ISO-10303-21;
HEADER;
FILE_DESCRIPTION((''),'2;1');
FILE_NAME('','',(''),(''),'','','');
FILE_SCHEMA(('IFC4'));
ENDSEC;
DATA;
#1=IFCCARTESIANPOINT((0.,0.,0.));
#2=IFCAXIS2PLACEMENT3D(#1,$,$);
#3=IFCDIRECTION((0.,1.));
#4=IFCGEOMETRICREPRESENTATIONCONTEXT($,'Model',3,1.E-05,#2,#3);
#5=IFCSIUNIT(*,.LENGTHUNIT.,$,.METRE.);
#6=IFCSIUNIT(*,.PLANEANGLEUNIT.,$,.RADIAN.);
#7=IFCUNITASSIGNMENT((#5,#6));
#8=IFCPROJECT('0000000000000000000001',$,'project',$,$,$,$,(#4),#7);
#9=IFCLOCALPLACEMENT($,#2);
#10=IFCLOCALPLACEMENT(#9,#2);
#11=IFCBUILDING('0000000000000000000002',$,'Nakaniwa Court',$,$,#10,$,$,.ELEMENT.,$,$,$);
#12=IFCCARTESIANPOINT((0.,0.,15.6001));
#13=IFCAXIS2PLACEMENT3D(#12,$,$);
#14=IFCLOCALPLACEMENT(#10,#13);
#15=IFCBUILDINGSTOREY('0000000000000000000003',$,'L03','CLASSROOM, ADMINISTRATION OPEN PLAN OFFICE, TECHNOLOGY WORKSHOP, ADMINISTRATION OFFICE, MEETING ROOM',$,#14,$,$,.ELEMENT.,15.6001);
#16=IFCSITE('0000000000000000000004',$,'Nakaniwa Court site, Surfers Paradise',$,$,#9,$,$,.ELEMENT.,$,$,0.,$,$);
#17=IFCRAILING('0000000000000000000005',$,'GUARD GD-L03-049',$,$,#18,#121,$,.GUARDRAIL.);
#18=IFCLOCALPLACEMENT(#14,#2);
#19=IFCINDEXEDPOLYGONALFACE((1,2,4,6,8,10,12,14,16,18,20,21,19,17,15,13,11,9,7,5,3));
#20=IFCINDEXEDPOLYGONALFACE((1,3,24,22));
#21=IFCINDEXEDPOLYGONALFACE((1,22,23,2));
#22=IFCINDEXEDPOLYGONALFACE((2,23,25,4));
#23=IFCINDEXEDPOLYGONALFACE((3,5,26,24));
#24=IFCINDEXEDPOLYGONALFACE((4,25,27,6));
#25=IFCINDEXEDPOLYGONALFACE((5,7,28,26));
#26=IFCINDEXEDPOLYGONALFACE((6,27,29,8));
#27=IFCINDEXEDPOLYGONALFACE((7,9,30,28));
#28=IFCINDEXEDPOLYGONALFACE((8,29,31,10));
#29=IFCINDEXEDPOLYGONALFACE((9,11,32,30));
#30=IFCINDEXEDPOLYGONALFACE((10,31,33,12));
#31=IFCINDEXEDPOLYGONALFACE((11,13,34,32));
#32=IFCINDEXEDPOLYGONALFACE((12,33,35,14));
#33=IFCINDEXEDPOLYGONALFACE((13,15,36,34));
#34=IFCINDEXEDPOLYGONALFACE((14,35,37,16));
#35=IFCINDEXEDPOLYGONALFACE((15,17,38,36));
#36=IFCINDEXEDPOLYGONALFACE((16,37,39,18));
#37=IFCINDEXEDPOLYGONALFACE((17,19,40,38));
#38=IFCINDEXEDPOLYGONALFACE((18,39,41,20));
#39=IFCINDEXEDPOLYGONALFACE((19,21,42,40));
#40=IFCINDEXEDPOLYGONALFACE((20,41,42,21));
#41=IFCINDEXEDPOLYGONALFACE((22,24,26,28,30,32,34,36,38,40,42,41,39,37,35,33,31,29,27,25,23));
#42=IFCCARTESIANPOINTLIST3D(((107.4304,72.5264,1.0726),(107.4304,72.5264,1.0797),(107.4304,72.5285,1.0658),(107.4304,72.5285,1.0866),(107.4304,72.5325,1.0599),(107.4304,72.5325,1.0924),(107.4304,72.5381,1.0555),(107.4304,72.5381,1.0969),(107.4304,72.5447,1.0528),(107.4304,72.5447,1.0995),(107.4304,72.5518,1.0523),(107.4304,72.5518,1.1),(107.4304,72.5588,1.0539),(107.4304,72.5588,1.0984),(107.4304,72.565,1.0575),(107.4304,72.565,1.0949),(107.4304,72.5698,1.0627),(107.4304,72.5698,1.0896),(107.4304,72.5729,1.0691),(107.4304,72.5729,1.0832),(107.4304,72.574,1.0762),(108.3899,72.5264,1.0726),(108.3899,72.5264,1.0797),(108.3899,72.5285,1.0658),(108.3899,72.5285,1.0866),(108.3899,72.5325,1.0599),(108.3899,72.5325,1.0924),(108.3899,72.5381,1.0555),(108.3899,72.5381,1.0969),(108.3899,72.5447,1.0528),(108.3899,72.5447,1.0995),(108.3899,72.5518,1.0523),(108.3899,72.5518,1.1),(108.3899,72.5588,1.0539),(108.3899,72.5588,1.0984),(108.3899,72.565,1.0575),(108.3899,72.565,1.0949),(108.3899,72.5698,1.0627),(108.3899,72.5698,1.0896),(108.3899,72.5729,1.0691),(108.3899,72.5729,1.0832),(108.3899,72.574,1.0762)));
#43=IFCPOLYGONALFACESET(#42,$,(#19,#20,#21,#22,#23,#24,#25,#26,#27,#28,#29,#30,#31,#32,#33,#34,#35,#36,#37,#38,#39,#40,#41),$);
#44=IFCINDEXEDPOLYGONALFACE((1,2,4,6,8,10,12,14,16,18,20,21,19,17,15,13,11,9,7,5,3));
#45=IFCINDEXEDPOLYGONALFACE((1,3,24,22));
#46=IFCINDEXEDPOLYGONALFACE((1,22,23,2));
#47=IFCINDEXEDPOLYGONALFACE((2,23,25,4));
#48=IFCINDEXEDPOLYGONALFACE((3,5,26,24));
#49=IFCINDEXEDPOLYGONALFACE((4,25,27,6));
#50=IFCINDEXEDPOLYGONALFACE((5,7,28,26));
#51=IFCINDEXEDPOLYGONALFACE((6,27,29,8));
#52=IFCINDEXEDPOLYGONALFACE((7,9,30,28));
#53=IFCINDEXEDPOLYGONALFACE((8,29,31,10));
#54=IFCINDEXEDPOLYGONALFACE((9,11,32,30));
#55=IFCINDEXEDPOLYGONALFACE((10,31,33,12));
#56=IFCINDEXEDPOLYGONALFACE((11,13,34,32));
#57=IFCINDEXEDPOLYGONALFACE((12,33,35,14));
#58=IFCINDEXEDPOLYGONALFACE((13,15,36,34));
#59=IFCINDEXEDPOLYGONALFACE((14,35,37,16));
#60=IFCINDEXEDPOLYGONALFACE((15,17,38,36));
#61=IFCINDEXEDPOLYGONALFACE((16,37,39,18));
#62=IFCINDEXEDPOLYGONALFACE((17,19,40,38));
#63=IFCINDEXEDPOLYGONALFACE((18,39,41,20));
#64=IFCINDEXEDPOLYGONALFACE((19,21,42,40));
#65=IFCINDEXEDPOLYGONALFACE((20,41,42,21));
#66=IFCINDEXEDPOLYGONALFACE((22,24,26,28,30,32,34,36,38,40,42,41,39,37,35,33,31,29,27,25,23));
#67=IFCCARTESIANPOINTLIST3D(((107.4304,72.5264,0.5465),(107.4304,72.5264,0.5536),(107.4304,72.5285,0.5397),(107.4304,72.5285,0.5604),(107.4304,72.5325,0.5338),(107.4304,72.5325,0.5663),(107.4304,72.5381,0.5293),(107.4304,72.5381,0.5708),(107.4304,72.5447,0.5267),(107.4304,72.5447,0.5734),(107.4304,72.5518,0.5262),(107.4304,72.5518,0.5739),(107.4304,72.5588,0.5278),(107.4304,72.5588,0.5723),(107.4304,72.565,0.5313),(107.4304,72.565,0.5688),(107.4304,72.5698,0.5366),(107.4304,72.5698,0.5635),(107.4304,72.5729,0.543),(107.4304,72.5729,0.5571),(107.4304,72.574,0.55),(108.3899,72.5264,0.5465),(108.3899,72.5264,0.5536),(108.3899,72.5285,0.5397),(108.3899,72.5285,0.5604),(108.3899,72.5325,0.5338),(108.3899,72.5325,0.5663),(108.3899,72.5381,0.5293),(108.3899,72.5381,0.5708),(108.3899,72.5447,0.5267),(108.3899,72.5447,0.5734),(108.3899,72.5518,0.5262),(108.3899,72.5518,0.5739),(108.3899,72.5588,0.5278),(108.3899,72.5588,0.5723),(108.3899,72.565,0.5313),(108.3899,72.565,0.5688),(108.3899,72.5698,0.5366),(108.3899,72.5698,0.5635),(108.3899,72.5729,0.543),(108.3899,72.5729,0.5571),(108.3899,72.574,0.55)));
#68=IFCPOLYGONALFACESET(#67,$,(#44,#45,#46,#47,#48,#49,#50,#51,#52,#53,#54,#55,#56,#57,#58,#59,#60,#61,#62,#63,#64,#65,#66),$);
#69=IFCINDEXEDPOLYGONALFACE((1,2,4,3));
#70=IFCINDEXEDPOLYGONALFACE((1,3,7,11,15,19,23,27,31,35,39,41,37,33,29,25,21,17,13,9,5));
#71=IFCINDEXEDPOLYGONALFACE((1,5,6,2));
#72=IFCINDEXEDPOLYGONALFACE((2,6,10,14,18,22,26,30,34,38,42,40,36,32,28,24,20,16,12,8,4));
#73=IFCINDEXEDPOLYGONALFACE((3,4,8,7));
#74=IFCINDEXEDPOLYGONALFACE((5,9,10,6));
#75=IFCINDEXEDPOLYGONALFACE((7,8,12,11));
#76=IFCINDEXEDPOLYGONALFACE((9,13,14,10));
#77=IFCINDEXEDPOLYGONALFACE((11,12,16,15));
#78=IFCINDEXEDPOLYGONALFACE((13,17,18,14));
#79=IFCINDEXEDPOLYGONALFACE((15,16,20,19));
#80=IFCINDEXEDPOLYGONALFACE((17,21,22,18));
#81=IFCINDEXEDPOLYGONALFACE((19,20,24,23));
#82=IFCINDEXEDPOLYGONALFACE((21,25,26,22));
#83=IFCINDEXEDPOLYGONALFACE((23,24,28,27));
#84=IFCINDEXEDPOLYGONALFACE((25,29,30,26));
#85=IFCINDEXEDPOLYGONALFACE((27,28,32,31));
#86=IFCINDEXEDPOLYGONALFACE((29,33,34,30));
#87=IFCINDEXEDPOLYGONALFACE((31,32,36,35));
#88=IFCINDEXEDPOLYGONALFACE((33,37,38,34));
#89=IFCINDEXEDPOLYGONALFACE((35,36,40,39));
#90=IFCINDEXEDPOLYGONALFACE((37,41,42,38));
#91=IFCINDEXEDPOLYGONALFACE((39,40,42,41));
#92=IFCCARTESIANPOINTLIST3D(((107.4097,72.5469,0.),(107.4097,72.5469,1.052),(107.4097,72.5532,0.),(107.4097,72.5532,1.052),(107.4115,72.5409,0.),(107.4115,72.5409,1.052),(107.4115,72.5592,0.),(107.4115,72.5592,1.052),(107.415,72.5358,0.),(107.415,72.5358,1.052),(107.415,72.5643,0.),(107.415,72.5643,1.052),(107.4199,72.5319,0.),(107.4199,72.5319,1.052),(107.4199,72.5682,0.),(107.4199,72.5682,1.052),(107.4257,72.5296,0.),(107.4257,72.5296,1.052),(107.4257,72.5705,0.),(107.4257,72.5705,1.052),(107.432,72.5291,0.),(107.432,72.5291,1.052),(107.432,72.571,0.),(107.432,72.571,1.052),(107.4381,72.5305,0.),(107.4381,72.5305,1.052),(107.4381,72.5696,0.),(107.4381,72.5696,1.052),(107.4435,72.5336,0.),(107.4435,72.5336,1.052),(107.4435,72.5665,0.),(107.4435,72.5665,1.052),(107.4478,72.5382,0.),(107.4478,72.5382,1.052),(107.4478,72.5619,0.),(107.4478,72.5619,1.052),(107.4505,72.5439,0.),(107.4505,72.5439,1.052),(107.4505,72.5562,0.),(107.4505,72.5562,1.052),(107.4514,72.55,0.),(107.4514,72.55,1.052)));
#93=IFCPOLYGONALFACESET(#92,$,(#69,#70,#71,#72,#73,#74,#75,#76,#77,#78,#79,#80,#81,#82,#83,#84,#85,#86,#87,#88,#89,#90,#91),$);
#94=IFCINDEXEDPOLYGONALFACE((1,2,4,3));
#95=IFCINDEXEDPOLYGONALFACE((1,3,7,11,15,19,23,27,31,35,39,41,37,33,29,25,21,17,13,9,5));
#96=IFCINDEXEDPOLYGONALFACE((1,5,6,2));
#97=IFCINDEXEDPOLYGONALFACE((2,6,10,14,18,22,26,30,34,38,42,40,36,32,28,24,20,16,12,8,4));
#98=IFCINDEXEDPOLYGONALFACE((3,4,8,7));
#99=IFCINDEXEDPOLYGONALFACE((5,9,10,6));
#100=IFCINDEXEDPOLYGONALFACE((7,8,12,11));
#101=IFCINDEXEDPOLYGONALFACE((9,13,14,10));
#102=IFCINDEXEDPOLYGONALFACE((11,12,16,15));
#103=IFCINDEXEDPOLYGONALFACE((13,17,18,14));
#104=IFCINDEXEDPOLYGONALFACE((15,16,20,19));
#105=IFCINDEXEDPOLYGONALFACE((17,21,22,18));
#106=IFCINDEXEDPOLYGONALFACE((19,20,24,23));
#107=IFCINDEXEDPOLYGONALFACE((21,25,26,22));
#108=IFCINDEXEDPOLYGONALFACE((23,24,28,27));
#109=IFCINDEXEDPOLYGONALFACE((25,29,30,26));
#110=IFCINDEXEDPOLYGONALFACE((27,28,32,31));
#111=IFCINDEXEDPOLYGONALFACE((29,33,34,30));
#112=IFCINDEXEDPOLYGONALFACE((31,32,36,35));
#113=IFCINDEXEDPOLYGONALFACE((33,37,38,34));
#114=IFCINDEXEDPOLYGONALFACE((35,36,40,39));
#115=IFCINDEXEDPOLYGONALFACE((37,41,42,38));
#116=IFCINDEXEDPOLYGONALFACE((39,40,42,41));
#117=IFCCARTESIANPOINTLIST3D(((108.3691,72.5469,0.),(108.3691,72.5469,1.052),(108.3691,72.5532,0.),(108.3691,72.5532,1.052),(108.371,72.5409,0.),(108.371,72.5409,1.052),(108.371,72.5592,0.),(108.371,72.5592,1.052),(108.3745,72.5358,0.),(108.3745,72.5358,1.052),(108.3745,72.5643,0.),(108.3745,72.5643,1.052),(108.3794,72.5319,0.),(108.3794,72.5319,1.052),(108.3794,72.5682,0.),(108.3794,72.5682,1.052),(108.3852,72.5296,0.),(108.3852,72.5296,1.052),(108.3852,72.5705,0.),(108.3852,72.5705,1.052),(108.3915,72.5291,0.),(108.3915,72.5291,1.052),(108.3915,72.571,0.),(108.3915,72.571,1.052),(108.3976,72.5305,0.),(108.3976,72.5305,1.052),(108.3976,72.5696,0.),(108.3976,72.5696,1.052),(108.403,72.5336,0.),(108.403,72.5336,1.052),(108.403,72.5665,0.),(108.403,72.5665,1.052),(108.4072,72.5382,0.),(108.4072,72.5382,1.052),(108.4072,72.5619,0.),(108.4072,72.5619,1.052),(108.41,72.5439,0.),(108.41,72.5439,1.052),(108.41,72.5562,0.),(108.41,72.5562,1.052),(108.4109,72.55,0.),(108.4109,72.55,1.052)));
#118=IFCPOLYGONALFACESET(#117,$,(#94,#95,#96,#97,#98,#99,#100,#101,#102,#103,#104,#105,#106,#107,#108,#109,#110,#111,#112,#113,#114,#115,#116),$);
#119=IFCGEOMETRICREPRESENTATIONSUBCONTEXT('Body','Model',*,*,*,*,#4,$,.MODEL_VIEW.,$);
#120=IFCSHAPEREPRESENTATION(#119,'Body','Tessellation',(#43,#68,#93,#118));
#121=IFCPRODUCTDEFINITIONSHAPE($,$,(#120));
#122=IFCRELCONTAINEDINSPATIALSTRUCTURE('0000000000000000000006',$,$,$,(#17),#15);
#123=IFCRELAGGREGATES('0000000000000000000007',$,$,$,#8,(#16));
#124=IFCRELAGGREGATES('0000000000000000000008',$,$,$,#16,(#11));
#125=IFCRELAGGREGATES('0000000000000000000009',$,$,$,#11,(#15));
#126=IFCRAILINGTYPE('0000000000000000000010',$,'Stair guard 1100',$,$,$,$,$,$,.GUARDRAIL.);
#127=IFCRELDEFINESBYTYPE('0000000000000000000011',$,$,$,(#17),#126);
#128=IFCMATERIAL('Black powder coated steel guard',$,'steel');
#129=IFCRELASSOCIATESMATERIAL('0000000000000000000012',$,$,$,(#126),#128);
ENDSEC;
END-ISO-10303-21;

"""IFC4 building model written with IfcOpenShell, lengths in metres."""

from ifc_helpers import new_model, si_unit, direction, frame, origin, origin_2d, place, context, subcontext, project, spatial, circle, extrude, material, type_object, element, save


model = new_model("IFC4")

# Units and contexts
model_context = context("Model", 3, precision=1e-05, world=origin(), true_north=direction((0.0, 1.0)))
body_context = subcontext(model_context, "Body", "Model", "MODEL_VIEW")
ifc_project = project(units=[si_unit("LENGTHUNIT", "METRE"), si_unit("PLANEANGLEUNIT", "RADIAN")], contexts=[model_context])

# Site, building, storey
site_placement = place(None, origin())
site = spatial("IfcSite", under=ifc_project, at=site_placement, Name="Nakaniwa Court site, Surfers Paradise", CompositionType="ELEMENT", RefElevation=0.0)
building_placement = place(site_placement, origin())
building = spatial("IfcBuilding", under=site, at=building_placement, Name="Nakaniwa Court", CompositionType="ELEMENT")
storey_placement = place(building_placement, frame((0.0, 0.0, 15.6001)))
storey = spatial("IfcBuildingStorey", under=building, at=storey_placement, Name="L03", Description="CLASSROOM, ADMINISTRATION OPEN PLAN OFFICE, TECHNOLOGY WORKSHOP, ADMINISTRATION OFFICE, MEETING ROOM", CompositionType="ELEMENT", Elevation=15.6001)

# Railing
ifc_material_1 = material(Name="Black powder coated steel guard", Category="steel")
railing_type_1 = type_object("IfcRailingType", Name="Stair guard 1100", PredefinedType="GUARDRAIL", material=ifc_material_1)
railing_1_placement = place(storey_placement, frame((107.4304, 72.55, 0.0)))
element("IfcRailing", 1, at=railing_1_placement, inside=storey, type_object=railing_type_1, Name="GUARD GD-L03-049", PredefinedType="GUARDRAIL", context=body_context, shape_type="SweptSolid", body=[
    extrude(circle(Radius=0.0239, at=origin_2d()), frame((0.0, 0.0, 1.0762), z_axis=(1.0, 0.0, 0.0), x_axis=(0.0, 1.0, 0.0)), (0.0, 0.0, 1.0), 0.9595),
    extrude(circle(Radius=0.0239, at=origin_2d()), frame((0.0, 0.0, 0.55), z_axis=(1.0, 0.0, 0.0), x_axis=(0.0, 1.0, 0.0)), (0.0, 0.0, 1.0), 0.9595),
    extrude(circle(Radius=0.021, at=origin_2d()), origin(), (0.0, 0.0, 1.0), 1.052),
    extrude(circle(Radius=0.021, at=origin_2d()), frame((0.9595, 0.0, 0.0)), (0.0, 0.0, 1.0), 1.052),
])

save(model, "model.ifc")
